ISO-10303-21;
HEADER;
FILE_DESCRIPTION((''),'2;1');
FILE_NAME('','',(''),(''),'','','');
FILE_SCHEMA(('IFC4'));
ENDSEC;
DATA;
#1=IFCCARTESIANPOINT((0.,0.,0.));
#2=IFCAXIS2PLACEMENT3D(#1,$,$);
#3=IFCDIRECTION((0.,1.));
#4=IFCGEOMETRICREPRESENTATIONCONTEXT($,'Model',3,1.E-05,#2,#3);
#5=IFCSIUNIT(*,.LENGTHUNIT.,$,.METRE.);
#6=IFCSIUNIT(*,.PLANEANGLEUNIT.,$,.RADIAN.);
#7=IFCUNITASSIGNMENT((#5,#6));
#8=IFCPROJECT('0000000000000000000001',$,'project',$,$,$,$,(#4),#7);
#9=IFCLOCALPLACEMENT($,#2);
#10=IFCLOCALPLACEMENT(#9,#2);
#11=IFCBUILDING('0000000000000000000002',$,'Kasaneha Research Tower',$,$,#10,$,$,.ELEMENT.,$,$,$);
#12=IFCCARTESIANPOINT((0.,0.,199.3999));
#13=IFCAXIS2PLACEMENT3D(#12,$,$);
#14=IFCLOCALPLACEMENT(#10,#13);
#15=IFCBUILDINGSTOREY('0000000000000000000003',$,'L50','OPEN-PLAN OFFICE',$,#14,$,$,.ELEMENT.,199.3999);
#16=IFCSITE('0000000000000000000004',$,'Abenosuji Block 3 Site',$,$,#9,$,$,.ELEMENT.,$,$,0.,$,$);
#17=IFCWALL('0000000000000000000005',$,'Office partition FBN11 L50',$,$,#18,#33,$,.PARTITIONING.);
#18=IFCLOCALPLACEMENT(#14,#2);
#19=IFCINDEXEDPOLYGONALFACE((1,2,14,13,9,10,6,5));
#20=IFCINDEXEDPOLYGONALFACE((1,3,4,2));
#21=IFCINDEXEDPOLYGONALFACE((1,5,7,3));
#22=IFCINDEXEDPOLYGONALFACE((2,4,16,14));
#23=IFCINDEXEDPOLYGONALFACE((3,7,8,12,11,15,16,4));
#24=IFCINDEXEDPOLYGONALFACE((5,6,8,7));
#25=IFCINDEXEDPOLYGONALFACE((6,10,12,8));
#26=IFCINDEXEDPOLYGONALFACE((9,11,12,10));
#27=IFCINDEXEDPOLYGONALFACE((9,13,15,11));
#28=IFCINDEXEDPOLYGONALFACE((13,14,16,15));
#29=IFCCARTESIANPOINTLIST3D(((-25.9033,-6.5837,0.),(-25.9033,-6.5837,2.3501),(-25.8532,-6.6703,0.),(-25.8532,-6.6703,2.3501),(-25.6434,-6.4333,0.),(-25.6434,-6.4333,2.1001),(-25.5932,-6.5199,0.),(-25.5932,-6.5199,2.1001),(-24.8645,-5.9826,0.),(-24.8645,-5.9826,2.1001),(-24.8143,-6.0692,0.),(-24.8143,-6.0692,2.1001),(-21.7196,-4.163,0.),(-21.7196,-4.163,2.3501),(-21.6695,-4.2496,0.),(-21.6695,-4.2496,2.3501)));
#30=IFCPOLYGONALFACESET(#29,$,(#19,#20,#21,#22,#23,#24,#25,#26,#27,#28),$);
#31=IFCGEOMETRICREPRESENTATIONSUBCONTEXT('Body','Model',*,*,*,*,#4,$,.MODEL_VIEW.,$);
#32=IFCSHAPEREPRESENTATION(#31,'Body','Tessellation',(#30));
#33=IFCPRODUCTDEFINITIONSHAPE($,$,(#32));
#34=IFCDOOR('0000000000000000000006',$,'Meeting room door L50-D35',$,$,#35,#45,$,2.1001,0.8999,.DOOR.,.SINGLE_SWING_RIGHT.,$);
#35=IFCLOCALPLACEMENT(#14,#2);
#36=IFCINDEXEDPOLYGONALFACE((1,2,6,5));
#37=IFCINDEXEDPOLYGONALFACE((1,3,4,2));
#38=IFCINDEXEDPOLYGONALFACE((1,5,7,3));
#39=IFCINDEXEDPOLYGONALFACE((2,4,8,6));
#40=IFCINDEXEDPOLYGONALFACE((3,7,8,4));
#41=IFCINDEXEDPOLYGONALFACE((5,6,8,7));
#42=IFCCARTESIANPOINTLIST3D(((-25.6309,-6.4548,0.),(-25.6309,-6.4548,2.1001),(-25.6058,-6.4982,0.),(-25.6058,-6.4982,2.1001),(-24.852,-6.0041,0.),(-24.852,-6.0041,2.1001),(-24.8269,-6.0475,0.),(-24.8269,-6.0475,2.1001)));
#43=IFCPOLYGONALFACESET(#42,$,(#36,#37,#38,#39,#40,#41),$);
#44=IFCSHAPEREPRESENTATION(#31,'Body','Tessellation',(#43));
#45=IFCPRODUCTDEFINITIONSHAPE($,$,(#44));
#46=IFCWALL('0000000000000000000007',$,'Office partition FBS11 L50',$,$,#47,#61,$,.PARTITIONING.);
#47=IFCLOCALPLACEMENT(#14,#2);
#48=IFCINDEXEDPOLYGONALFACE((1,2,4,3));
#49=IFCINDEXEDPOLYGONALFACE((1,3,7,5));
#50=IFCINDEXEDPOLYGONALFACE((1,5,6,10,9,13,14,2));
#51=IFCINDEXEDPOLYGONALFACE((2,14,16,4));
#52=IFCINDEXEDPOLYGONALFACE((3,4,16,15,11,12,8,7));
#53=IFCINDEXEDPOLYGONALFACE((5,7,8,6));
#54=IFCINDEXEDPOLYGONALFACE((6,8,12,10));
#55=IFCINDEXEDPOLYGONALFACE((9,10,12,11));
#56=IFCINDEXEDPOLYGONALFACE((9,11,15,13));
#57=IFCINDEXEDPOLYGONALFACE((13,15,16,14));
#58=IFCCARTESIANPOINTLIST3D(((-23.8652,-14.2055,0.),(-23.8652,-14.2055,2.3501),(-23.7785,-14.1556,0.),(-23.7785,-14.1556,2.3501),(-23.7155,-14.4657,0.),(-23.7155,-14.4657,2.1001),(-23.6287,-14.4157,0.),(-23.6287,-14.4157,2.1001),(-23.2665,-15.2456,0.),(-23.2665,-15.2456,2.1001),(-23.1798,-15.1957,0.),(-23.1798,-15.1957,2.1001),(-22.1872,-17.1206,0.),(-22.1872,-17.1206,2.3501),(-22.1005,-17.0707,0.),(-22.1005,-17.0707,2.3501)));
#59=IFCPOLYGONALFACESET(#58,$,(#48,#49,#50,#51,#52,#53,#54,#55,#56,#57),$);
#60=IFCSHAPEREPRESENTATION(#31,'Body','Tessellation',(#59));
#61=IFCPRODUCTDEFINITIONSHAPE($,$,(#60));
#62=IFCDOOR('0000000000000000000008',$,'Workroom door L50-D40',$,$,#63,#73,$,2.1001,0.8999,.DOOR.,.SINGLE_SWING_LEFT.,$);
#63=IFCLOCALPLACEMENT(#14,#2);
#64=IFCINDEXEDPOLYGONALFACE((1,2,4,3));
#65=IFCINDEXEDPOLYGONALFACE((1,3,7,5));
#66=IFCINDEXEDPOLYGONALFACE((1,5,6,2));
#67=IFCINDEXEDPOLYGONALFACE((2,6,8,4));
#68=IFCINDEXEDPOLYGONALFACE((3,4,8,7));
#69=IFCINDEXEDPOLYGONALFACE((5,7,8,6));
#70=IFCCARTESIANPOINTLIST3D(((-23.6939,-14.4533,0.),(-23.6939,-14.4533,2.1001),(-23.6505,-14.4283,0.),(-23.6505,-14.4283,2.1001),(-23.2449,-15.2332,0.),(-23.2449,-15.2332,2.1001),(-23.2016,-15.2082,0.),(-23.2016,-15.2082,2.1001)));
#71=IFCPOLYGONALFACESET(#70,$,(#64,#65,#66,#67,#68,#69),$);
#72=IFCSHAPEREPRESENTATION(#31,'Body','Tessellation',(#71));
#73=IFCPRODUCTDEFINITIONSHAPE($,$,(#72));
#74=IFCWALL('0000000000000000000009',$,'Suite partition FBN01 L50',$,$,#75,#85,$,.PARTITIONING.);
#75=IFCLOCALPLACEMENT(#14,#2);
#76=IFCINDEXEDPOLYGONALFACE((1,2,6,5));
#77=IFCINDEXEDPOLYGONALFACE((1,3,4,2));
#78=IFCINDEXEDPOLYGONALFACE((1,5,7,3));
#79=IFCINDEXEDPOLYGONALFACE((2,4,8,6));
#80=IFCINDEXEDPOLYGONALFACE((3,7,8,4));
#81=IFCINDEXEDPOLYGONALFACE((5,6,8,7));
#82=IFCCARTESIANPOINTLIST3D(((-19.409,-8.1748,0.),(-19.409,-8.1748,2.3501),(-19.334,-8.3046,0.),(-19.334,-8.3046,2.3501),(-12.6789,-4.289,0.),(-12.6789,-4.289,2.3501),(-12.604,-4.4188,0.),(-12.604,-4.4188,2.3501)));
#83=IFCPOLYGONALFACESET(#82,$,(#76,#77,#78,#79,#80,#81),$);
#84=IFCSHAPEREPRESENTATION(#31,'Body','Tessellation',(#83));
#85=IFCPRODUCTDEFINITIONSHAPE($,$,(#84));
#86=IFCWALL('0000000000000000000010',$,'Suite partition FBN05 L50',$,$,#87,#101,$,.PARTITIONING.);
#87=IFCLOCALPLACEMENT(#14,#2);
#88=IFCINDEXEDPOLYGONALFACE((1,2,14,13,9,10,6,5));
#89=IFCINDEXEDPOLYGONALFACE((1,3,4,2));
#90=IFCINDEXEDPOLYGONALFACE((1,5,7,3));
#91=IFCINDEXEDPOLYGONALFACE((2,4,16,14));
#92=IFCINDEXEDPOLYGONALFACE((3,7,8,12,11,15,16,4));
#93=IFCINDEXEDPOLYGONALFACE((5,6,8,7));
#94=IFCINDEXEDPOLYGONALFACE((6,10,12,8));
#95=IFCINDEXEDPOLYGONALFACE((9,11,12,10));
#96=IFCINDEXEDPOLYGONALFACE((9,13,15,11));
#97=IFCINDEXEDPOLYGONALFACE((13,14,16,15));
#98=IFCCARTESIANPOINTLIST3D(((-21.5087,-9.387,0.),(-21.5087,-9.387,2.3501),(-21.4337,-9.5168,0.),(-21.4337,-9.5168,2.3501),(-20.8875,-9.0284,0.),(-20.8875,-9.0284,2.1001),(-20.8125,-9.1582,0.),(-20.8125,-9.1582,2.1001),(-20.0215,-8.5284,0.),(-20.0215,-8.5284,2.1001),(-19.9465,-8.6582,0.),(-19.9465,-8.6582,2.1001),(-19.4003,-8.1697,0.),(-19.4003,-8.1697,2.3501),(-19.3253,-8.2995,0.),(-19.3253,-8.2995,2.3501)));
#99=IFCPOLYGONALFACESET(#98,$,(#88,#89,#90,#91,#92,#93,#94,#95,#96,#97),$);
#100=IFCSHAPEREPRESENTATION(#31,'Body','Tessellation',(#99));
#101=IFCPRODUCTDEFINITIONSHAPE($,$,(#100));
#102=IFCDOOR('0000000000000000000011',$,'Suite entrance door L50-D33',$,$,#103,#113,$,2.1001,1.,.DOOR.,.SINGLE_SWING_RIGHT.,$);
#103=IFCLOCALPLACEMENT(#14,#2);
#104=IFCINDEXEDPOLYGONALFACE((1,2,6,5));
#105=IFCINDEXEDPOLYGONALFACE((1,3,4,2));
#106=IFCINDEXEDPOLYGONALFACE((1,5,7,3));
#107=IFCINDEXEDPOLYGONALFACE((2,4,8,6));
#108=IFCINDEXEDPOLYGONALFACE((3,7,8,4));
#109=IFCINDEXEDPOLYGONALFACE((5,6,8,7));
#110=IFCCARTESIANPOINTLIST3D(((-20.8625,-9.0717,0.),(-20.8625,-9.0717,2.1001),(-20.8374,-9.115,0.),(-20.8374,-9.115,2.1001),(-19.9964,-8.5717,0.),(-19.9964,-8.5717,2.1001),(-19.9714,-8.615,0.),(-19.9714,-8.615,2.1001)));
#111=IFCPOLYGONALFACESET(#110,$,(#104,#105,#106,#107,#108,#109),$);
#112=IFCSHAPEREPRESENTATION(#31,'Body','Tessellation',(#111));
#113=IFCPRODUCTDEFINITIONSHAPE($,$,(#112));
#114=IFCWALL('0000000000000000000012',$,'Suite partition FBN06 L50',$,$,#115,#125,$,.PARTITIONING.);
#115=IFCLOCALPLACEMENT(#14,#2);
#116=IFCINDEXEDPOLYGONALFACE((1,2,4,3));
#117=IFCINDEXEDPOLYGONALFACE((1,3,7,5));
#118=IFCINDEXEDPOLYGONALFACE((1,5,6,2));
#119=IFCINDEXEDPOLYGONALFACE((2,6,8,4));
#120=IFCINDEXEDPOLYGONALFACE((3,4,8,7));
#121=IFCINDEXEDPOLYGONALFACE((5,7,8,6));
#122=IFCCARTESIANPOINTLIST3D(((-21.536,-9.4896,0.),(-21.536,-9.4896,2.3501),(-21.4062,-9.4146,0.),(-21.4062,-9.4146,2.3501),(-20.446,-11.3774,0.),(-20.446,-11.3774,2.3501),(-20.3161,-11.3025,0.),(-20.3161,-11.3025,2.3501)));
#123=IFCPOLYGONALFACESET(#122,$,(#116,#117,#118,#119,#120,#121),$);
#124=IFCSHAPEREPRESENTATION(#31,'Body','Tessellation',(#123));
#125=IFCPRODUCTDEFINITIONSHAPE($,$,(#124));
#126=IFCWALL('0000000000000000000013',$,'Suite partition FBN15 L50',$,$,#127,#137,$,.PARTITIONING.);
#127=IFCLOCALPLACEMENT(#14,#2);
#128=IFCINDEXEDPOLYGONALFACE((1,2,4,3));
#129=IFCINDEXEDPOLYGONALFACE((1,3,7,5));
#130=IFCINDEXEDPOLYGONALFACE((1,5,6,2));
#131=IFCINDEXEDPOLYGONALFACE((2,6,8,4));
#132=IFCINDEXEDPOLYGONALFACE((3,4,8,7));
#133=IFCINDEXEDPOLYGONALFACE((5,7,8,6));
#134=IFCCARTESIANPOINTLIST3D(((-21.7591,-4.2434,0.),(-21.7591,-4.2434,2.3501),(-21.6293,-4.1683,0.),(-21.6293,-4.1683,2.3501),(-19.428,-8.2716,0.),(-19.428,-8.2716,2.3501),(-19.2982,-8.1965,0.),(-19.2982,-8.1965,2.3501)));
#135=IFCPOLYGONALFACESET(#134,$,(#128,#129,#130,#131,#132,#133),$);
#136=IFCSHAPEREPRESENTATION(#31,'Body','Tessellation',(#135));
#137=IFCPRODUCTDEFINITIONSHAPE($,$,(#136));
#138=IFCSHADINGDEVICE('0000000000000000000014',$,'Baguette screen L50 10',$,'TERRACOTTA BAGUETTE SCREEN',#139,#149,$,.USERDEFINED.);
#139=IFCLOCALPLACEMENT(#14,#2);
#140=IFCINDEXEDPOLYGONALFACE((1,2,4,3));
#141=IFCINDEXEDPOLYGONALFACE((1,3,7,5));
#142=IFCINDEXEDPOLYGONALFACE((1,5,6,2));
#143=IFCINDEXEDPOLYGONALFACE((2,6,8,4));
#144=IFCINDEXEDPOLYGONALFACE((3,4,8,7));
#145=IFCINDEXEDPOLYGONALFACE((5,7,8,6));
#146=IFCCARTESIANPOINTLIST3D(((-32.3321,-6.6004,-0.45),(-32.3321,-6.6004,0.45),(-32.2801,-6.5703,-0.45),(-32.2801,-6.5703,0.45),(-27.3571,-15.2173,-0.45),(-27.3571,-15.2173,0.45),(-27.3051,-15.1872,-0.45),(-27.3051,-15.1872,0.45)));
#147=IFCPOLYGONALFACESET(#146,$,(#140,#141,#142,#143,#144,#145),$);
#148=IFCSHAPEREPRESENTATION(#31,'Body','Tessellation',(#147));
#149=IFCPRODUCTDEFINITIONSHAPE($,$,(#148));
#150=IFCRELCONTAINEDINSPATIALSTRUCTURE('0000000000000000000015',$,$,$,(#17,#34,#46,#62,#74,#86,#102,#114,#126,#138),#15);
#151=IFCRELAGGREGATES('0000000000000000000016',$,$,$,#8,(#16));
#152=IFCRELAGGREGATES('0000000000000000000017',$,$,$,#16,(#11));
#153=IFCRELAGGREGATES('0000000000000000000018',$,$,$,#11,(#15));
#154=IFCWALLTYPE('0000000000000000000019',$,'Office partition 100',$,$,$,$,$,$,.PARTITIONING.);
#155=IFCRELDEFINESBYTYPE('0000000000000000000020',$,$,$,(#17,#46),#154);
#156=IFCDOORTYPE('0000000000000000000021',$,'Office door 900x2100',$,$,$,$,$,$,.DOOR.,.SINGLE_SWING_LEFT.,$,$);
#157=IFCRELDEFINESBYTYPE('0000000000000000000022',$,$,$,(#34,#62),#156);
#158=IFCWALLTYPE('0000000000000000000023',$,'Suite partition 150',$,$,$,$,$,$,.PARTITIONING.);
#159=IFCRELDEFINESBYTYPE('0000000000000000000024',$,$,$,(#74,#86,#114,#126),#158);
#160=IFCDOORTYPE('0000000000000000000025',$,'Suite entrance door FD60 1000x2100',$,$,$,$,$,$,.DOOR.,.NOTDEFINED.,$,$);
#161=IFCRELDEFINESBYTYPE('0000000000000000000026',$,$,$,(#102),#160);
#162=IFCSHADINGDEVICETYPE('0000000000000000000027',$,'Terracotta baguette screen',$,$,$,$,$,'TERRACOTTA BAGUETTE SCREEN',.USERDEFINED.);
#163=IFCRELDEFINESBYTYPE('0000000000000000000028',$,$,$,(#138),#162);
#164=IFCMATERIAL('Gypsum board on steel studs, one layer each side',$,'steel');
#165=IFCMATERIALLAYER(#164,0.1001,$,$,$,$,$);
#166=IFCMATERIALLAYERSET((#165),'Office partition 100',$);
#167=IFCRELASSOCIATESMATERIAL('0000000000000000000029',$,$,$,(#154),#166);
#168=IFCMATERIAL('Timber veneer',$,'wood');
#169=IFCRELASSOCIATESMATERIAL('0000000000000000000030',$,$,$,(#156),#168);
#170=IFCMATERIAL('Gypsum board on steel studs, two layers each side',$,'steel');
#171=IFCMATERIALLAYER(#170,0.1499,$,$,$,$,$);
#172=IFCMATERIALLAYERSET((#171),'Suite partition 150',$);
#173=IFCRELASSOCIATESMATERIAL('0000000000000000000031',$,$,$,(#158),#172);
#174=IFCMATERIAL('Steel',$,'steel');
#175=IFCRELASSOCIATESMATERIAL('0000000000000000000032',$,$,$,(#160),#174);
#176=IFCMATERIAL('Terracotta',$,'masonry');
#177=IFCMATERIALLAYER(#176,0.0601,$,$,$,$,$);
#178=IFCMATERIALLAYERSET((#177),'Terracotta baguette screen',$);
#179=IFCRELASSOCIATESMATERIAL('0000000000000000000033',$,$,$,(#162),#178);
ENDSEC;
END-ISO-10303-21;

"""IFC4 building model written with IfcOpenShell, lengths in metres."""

from ifc_helpers import new_model, si_unit, direction, frame, frame_2d, origin, origin_2d, place, context, subcontext, project, spatial, rectangle, extrude, material, layer, layer_set, type_object, element, fill, save


model = new_model("IFC4")

# Units and contexts
model_context = context("Model", 3, precision=1e-05, world=origin(), true_north=direction((0.0, 1.0)))
body_context = subcontext(model_context, "Body", "Model", "MODEL_VIEW")
ifc_project = project(units=[si_unit("LENGTHUNIT", "METRE"), si_unit("PLANEANGLEUNIT", "RADIAN")], contexts=[model_context])

# Site, building, storey
site_placement = place(None, origin())
site = spatial("IfcSite", under=ifc_project, at=site_placement, Name="Abenosuji Block 3 Site", CompositionType="ELEMENT", RefElevation=0.0)
building_placement = place(site_placement, origin())
building = spatial("IfcBuilding", under=site, at=building_placement, Name="Kasaneha Research Tower", CompositionType="ELEMENT")
storey_placement = place(building_placement, frame((0.0, 0.0, 199.3999)))
storey = spatial("IfcBuildingStorey", under=building, at=storey_placement, Name="L50", Description="OPEN-PLAN OFFICE", CompositionType="ELEMENT", Elevation=199.3999)

# Shared definitions
ifc_material_1 = material(Name="Gypsum board on steel studs, one layer each side", Category="steel")
ifc_layer_1 = layer(ifc_material_1, 0.1001)
ifc_layer_set_1 = layer_set([ifc_layer_1], Name="Office partition 100")
wall_type_1 = type_object("IfcWallType", Name="Office partition 100", PredefinedType="PARTITIONING", material=ifc_layer_set_1)

# Walls, openings, doors
ifc_material_2 = material(Name="Timber veneer", Category="wood")
door_type_1 = type_object("IfcDoorType", Name="Office door 900x2100", OperationType="SINGLE_SWING_LEFT", PredefinedType="DOOR", material=ifc_material_2)
wall_1_placement = place(storey_placement, frame((-21.6946, -4.2063, 0.0), z_axis=(0.0, 0.0, 1.0), x_axis=(-0.865554, -0.500815, 0.0)))
wall_1 = element("IfcWall", 1, at=wall_1_placement, inside=storey, type_object=wall_type_1, Name="Office partition FBN11 L50", PredefinedType="PARTITIONING", context=body_context, shape_type="SweptSolid", body=[
    extrude(rectangle(XDim=4.8335, YDim=0.1001, at=frame_2d((2.4167, 0.0))), origin(), (0.0, 0.0, 1.0), 2.3501),
])
opening_1_placement = place(wall_1_placement, frame((3.6333, 0.0, 0.0)))
opening_1 = element("IfcOpeningElement", 2, at=opening_1_placement, cuts=wall_1, PredefinedType="OPENING", context=body_context, shape_type="SweptSolid", body=[
    extrude(rectangle(XDim=0.8999, YDim=2.1001, at=frame_2d((0.45, 1.05))), frame((0.0, 0.0601, 0.0), z_axis=(0.0, -1.0, 0.0), x_axis=(1.0, 0.0, 0.0)), (0.0, 0.0, 1.0), 0.1201),
])
door_1_placement = place(opening_1_placement, origin())
door_1 = element("IfcDoor", 3, at=door_1_placement, inside=storey, type_object=door_type_1, Name="Meeting room door L50-D35", OperationType="SINGLE_SWING_RIGHT", OverallHeight=2.1001, OverallWidth=0.8999, PredefinedType="DOOR", context=body_context, shape_type="SweptSolid", body=[
    extrude(rectangle(XDim=0.8999, YDim=2.1001, at=frame_2d((0.45, 1.05))), frame((0.0, 0.0249, 0.0), z_axis=(0.0, -1.0, 0.0), x_axis=(1.0, 0.0, 0.0)), (0.0, 0.0, 1.0), 0.05),
])
fill(opening_1, door_1)
wall_2_placement = place(storey_placement, frame((-23.8218, -14.1807, 0.0), z_axis=(0.0, 0.0, 1.0), x_axis=(0.49888, -0.866671, 0.0)))
wall_2 = element("IfcWall", 4, at=wall_2_placement, inside=storey, type_object=wall_type_1, Name="Office partition FBS11 L50", PredefinedType="PARTITIONING", context=body_context, shape_type="SweptSolid", body=[
    extrude(rectangle(XDim=3.3635, YDim=0.1001, at=frame_2d((1.6816, 0.0))), origin(), (0.0, 0.0, 1.0), 2.3501),
])
opening_2_placement = place(wall_2_placement, frame((0.3, 0.0, 0.0)))
opening_2 = element("IfcOpeningElement", 5, at=opening_2_placement, cuts=wall_2, PredefinedType="OPENING", context=body_context, shape_type="SweptSolid", body=[
    extrude(rectangle(XDim=0.8999, YDim=2.1001, at=frame_2d((0.45, 1.05))), frame((0.0, 0.0601, 0.0), z_axis=(0.0, -1.0, 0.0), x_axis=(1.0, 0.0, 0.0)), (0.0, 0.0, 1.0), 0.1201),
])
door_2_placement = place(opening_2_placement, origin())
door_2 = element("IfcDoor", 6, at=door_2_placement, inside=storey, type_object=door_type_1, Name="Workroom door L50-D40", OperationType="SINGLE_SWING_LEFT", OverallHeight=2.1001, OverallWidth=0.8999, PredefinedType="DOOR", context=body_context, shape_type="SweptSolid", body=[
    extrude(rectangle(XDim=0.8999, YDim=2.1001, at=frame_2d((0.45, 1.05))), frame((0.0, 0.0249, 0.0), z_axis=(0.0, -1.0, 0.0), x_axis=(1.0, 0.0, 0.0)), (0.0, 0.0, 1.0), 0.05),
])
fill(opening_2, door_2)

# Wall
ifc_material_3 = material(Name="Gypsum board on steel studs, two layers each side", Category="steel")
ifc_layer_2 = layer(ifc_material_3, 0.1499)
ifc_layer_set_2 = layer_set([ifc_layer_2], Name="Suite partition 150")
wall_type_2 = type_object("IfcWallType", Name="Suite partition 150", PredefinedType="PARTITIONING", material=ifc_layer_set_2)
wall_3_placement = place(storey_placement, frame((-19.3716, -8.2397, 0.0), z_axis=(0.0, 0.0, 1.0), x_axis=(0.866015, 0.500018, 0.0)))
element("IfcWall", 7, at=wall_3_placement, inside=storey, type_object=wall_type_2, Name="Suite partition FBN01 L50", PredefinedType="PARTITIONING", context=body_context, shape_type="SweptSolid", body=[
    extrude(rectangle(XDim=7.7712, YDim=0.1499, at=frame_2d((3.8857, 0.0))), origin(), (0.0, 0.0, 1.0), 2.3501),
])

# Wall, opening, door
wall_4_placement = place(storey_placement, frame((-21.4712, -9.4519, 0.0), z_axis=(0.0, 0.0, 1.0), x_axis=(0.866025, 0.5, 0.0)))
wall_4 = element("IfcWall", 8, at=wall_4_placement, inside=storey, type_object=wall_type_2, Name="Suite partition FBN05 L50", PredefinedType="PARTITIONING", context=body_context, shape_type="SweptSolid", body=[
    extrude(rectangle(XDim=2.4346, YDim=0.1499, at=frame_2d((1.2173, 0.0))), origin(), (0.0, 0.0, 1.0), 2.3501),
])
opening_3_placement = place(wall_4_placement, frame((0.7173, 0.0, 0.0)))
opening_3 = element("IfcOpeningElement", 9, at=opening_3_placement, cuts=wall_4, PredefinedType="OPENING", context=body_context, shape_type="SweptSolid", body=[
    extrude(rectangle(XDim=1.0, YDim=2.1001, at=frame_2d((0.5, 1.05))), frame((0.0, 0.085, 0.0), z_axis=(0.0, -1.0, 0.0), x_axis=(1.0, 0.0, 0.0)), (0.0, 0.0, 1.0), 0.1699),
])
ifc_material_4 = material(Name="Steel", Category="steel")
door_type_2 = type_object("IfcDoorType", Name="Suite entrance door FD60 1000x2100", OperationType="NOTDEFINED", PredefinedType="DOOR", material=ifc_material_4)
door_3_placement = place(opening_3_placement, origin())
door_3 = element("IfcDoor", 10, at=door_3_placement, inside=storey, type_object=door_type_2, Name="Suite entrance door L50-D33", OperationType="SINGLE_SWING_RIGHT", OverallHeight=2.1001, OverallWidth=1.0, PredefinedType="DOOR", context=body_context, shape_type="SweptSolid", body=[
    extrude(rectangle(XDim=1.0, YDim=2.1001, at=frame_2d((0.5, 1.05))), frame((0.0, 0.0249, 0.0), z_axis=(0.0, -1.0, 0.0), x_axis=(1.0, 0.0, 0.0)), (0.0, 0.0, 1.0), 0.05),
])
fill(opening_3, door_3)

# Walls
wall_5_placement = place(storey_placement, frame((-20.3811, -11.3398, 0.0), z_axis=(0.0, 0.0, 1.0), x_axis=(-0.500029, 0.866008, 0.0)))
element("IfcWall", 11, at=wall_5_placement, inside=storey, type_object=wall_type_2, Name="Suite partition FBN06 L50", PredefinedType="PARTITIONING", context=body_context, shape_type="SweptSolid", body=[
    extrude(rectangle(XDim=2.1799, YDim=0.1499, at=frame_2d((1.0898, 0.0))), origin(), (0.0, 0.0, 1.0), 2.3501),
])
wall_6_placement = place(storey_placement, frame((-19.363, -8.2341, 0.0), z_axis=(0.0, 0.0, 1.0), x_axis=(-0.500877, 0.865518, 0.0)))
element("IfcWall", 12, at=wall_6_placement, inside=storey, type_object=wall_type_2, Name="Suite partition FBN15 L50", PredefinedType="PARTITIONING", context=body_context, shape_type="SweptSolid", body=[
    extrude(rectangle(XDim=4.6541, YDim=0.1499, at=frame_2d((2.3271, 0.0))), origin(), (0.0, 0.0, 1.0), 2.3501),
])

# Shading device
ifc_material_5 = material(Name="Terracotta", Category="masonry")
ifc_layer_3 = layer(ifc_material_5, 0.0601)
ifc_layer_set_3 = layer_set([ifc_layer_3], Name="Terracotta baguette screen")
shading_device_type = type_object("IfcShadingDeviceType", Name="Terracotta baguette screen", ElementType="TERRACOTTA BAGUETTE SCREEN", PredefinedType="USERDEFINED", material=ifc_layer_set_3)
shading_device_placement = place(storey_placement, frame((-29.8186, -10.8938, -0.45), z_axis=(0.0, 0.0, 1.0), x_axis=(0.5, -0.866025, 0.0)))
element("IfcShadingDevice", 13, at=shading_device_placement, inside=storey, type_object=shading_device_type, Name="Baguette screen L50 10", ObjectType="TERRACOTTA BAGUETTE SCREEN", PredefinedType="USERDEFINED", context=body_context, shape_type="SweptSolid", body=[
    extrude(rectangle(XDim=9.95, YDim=0.0601, at=origin_2d()), origin(), (0.0, 0.0, 1.0), 0.8999),
])

save(model, "model.ifc")
